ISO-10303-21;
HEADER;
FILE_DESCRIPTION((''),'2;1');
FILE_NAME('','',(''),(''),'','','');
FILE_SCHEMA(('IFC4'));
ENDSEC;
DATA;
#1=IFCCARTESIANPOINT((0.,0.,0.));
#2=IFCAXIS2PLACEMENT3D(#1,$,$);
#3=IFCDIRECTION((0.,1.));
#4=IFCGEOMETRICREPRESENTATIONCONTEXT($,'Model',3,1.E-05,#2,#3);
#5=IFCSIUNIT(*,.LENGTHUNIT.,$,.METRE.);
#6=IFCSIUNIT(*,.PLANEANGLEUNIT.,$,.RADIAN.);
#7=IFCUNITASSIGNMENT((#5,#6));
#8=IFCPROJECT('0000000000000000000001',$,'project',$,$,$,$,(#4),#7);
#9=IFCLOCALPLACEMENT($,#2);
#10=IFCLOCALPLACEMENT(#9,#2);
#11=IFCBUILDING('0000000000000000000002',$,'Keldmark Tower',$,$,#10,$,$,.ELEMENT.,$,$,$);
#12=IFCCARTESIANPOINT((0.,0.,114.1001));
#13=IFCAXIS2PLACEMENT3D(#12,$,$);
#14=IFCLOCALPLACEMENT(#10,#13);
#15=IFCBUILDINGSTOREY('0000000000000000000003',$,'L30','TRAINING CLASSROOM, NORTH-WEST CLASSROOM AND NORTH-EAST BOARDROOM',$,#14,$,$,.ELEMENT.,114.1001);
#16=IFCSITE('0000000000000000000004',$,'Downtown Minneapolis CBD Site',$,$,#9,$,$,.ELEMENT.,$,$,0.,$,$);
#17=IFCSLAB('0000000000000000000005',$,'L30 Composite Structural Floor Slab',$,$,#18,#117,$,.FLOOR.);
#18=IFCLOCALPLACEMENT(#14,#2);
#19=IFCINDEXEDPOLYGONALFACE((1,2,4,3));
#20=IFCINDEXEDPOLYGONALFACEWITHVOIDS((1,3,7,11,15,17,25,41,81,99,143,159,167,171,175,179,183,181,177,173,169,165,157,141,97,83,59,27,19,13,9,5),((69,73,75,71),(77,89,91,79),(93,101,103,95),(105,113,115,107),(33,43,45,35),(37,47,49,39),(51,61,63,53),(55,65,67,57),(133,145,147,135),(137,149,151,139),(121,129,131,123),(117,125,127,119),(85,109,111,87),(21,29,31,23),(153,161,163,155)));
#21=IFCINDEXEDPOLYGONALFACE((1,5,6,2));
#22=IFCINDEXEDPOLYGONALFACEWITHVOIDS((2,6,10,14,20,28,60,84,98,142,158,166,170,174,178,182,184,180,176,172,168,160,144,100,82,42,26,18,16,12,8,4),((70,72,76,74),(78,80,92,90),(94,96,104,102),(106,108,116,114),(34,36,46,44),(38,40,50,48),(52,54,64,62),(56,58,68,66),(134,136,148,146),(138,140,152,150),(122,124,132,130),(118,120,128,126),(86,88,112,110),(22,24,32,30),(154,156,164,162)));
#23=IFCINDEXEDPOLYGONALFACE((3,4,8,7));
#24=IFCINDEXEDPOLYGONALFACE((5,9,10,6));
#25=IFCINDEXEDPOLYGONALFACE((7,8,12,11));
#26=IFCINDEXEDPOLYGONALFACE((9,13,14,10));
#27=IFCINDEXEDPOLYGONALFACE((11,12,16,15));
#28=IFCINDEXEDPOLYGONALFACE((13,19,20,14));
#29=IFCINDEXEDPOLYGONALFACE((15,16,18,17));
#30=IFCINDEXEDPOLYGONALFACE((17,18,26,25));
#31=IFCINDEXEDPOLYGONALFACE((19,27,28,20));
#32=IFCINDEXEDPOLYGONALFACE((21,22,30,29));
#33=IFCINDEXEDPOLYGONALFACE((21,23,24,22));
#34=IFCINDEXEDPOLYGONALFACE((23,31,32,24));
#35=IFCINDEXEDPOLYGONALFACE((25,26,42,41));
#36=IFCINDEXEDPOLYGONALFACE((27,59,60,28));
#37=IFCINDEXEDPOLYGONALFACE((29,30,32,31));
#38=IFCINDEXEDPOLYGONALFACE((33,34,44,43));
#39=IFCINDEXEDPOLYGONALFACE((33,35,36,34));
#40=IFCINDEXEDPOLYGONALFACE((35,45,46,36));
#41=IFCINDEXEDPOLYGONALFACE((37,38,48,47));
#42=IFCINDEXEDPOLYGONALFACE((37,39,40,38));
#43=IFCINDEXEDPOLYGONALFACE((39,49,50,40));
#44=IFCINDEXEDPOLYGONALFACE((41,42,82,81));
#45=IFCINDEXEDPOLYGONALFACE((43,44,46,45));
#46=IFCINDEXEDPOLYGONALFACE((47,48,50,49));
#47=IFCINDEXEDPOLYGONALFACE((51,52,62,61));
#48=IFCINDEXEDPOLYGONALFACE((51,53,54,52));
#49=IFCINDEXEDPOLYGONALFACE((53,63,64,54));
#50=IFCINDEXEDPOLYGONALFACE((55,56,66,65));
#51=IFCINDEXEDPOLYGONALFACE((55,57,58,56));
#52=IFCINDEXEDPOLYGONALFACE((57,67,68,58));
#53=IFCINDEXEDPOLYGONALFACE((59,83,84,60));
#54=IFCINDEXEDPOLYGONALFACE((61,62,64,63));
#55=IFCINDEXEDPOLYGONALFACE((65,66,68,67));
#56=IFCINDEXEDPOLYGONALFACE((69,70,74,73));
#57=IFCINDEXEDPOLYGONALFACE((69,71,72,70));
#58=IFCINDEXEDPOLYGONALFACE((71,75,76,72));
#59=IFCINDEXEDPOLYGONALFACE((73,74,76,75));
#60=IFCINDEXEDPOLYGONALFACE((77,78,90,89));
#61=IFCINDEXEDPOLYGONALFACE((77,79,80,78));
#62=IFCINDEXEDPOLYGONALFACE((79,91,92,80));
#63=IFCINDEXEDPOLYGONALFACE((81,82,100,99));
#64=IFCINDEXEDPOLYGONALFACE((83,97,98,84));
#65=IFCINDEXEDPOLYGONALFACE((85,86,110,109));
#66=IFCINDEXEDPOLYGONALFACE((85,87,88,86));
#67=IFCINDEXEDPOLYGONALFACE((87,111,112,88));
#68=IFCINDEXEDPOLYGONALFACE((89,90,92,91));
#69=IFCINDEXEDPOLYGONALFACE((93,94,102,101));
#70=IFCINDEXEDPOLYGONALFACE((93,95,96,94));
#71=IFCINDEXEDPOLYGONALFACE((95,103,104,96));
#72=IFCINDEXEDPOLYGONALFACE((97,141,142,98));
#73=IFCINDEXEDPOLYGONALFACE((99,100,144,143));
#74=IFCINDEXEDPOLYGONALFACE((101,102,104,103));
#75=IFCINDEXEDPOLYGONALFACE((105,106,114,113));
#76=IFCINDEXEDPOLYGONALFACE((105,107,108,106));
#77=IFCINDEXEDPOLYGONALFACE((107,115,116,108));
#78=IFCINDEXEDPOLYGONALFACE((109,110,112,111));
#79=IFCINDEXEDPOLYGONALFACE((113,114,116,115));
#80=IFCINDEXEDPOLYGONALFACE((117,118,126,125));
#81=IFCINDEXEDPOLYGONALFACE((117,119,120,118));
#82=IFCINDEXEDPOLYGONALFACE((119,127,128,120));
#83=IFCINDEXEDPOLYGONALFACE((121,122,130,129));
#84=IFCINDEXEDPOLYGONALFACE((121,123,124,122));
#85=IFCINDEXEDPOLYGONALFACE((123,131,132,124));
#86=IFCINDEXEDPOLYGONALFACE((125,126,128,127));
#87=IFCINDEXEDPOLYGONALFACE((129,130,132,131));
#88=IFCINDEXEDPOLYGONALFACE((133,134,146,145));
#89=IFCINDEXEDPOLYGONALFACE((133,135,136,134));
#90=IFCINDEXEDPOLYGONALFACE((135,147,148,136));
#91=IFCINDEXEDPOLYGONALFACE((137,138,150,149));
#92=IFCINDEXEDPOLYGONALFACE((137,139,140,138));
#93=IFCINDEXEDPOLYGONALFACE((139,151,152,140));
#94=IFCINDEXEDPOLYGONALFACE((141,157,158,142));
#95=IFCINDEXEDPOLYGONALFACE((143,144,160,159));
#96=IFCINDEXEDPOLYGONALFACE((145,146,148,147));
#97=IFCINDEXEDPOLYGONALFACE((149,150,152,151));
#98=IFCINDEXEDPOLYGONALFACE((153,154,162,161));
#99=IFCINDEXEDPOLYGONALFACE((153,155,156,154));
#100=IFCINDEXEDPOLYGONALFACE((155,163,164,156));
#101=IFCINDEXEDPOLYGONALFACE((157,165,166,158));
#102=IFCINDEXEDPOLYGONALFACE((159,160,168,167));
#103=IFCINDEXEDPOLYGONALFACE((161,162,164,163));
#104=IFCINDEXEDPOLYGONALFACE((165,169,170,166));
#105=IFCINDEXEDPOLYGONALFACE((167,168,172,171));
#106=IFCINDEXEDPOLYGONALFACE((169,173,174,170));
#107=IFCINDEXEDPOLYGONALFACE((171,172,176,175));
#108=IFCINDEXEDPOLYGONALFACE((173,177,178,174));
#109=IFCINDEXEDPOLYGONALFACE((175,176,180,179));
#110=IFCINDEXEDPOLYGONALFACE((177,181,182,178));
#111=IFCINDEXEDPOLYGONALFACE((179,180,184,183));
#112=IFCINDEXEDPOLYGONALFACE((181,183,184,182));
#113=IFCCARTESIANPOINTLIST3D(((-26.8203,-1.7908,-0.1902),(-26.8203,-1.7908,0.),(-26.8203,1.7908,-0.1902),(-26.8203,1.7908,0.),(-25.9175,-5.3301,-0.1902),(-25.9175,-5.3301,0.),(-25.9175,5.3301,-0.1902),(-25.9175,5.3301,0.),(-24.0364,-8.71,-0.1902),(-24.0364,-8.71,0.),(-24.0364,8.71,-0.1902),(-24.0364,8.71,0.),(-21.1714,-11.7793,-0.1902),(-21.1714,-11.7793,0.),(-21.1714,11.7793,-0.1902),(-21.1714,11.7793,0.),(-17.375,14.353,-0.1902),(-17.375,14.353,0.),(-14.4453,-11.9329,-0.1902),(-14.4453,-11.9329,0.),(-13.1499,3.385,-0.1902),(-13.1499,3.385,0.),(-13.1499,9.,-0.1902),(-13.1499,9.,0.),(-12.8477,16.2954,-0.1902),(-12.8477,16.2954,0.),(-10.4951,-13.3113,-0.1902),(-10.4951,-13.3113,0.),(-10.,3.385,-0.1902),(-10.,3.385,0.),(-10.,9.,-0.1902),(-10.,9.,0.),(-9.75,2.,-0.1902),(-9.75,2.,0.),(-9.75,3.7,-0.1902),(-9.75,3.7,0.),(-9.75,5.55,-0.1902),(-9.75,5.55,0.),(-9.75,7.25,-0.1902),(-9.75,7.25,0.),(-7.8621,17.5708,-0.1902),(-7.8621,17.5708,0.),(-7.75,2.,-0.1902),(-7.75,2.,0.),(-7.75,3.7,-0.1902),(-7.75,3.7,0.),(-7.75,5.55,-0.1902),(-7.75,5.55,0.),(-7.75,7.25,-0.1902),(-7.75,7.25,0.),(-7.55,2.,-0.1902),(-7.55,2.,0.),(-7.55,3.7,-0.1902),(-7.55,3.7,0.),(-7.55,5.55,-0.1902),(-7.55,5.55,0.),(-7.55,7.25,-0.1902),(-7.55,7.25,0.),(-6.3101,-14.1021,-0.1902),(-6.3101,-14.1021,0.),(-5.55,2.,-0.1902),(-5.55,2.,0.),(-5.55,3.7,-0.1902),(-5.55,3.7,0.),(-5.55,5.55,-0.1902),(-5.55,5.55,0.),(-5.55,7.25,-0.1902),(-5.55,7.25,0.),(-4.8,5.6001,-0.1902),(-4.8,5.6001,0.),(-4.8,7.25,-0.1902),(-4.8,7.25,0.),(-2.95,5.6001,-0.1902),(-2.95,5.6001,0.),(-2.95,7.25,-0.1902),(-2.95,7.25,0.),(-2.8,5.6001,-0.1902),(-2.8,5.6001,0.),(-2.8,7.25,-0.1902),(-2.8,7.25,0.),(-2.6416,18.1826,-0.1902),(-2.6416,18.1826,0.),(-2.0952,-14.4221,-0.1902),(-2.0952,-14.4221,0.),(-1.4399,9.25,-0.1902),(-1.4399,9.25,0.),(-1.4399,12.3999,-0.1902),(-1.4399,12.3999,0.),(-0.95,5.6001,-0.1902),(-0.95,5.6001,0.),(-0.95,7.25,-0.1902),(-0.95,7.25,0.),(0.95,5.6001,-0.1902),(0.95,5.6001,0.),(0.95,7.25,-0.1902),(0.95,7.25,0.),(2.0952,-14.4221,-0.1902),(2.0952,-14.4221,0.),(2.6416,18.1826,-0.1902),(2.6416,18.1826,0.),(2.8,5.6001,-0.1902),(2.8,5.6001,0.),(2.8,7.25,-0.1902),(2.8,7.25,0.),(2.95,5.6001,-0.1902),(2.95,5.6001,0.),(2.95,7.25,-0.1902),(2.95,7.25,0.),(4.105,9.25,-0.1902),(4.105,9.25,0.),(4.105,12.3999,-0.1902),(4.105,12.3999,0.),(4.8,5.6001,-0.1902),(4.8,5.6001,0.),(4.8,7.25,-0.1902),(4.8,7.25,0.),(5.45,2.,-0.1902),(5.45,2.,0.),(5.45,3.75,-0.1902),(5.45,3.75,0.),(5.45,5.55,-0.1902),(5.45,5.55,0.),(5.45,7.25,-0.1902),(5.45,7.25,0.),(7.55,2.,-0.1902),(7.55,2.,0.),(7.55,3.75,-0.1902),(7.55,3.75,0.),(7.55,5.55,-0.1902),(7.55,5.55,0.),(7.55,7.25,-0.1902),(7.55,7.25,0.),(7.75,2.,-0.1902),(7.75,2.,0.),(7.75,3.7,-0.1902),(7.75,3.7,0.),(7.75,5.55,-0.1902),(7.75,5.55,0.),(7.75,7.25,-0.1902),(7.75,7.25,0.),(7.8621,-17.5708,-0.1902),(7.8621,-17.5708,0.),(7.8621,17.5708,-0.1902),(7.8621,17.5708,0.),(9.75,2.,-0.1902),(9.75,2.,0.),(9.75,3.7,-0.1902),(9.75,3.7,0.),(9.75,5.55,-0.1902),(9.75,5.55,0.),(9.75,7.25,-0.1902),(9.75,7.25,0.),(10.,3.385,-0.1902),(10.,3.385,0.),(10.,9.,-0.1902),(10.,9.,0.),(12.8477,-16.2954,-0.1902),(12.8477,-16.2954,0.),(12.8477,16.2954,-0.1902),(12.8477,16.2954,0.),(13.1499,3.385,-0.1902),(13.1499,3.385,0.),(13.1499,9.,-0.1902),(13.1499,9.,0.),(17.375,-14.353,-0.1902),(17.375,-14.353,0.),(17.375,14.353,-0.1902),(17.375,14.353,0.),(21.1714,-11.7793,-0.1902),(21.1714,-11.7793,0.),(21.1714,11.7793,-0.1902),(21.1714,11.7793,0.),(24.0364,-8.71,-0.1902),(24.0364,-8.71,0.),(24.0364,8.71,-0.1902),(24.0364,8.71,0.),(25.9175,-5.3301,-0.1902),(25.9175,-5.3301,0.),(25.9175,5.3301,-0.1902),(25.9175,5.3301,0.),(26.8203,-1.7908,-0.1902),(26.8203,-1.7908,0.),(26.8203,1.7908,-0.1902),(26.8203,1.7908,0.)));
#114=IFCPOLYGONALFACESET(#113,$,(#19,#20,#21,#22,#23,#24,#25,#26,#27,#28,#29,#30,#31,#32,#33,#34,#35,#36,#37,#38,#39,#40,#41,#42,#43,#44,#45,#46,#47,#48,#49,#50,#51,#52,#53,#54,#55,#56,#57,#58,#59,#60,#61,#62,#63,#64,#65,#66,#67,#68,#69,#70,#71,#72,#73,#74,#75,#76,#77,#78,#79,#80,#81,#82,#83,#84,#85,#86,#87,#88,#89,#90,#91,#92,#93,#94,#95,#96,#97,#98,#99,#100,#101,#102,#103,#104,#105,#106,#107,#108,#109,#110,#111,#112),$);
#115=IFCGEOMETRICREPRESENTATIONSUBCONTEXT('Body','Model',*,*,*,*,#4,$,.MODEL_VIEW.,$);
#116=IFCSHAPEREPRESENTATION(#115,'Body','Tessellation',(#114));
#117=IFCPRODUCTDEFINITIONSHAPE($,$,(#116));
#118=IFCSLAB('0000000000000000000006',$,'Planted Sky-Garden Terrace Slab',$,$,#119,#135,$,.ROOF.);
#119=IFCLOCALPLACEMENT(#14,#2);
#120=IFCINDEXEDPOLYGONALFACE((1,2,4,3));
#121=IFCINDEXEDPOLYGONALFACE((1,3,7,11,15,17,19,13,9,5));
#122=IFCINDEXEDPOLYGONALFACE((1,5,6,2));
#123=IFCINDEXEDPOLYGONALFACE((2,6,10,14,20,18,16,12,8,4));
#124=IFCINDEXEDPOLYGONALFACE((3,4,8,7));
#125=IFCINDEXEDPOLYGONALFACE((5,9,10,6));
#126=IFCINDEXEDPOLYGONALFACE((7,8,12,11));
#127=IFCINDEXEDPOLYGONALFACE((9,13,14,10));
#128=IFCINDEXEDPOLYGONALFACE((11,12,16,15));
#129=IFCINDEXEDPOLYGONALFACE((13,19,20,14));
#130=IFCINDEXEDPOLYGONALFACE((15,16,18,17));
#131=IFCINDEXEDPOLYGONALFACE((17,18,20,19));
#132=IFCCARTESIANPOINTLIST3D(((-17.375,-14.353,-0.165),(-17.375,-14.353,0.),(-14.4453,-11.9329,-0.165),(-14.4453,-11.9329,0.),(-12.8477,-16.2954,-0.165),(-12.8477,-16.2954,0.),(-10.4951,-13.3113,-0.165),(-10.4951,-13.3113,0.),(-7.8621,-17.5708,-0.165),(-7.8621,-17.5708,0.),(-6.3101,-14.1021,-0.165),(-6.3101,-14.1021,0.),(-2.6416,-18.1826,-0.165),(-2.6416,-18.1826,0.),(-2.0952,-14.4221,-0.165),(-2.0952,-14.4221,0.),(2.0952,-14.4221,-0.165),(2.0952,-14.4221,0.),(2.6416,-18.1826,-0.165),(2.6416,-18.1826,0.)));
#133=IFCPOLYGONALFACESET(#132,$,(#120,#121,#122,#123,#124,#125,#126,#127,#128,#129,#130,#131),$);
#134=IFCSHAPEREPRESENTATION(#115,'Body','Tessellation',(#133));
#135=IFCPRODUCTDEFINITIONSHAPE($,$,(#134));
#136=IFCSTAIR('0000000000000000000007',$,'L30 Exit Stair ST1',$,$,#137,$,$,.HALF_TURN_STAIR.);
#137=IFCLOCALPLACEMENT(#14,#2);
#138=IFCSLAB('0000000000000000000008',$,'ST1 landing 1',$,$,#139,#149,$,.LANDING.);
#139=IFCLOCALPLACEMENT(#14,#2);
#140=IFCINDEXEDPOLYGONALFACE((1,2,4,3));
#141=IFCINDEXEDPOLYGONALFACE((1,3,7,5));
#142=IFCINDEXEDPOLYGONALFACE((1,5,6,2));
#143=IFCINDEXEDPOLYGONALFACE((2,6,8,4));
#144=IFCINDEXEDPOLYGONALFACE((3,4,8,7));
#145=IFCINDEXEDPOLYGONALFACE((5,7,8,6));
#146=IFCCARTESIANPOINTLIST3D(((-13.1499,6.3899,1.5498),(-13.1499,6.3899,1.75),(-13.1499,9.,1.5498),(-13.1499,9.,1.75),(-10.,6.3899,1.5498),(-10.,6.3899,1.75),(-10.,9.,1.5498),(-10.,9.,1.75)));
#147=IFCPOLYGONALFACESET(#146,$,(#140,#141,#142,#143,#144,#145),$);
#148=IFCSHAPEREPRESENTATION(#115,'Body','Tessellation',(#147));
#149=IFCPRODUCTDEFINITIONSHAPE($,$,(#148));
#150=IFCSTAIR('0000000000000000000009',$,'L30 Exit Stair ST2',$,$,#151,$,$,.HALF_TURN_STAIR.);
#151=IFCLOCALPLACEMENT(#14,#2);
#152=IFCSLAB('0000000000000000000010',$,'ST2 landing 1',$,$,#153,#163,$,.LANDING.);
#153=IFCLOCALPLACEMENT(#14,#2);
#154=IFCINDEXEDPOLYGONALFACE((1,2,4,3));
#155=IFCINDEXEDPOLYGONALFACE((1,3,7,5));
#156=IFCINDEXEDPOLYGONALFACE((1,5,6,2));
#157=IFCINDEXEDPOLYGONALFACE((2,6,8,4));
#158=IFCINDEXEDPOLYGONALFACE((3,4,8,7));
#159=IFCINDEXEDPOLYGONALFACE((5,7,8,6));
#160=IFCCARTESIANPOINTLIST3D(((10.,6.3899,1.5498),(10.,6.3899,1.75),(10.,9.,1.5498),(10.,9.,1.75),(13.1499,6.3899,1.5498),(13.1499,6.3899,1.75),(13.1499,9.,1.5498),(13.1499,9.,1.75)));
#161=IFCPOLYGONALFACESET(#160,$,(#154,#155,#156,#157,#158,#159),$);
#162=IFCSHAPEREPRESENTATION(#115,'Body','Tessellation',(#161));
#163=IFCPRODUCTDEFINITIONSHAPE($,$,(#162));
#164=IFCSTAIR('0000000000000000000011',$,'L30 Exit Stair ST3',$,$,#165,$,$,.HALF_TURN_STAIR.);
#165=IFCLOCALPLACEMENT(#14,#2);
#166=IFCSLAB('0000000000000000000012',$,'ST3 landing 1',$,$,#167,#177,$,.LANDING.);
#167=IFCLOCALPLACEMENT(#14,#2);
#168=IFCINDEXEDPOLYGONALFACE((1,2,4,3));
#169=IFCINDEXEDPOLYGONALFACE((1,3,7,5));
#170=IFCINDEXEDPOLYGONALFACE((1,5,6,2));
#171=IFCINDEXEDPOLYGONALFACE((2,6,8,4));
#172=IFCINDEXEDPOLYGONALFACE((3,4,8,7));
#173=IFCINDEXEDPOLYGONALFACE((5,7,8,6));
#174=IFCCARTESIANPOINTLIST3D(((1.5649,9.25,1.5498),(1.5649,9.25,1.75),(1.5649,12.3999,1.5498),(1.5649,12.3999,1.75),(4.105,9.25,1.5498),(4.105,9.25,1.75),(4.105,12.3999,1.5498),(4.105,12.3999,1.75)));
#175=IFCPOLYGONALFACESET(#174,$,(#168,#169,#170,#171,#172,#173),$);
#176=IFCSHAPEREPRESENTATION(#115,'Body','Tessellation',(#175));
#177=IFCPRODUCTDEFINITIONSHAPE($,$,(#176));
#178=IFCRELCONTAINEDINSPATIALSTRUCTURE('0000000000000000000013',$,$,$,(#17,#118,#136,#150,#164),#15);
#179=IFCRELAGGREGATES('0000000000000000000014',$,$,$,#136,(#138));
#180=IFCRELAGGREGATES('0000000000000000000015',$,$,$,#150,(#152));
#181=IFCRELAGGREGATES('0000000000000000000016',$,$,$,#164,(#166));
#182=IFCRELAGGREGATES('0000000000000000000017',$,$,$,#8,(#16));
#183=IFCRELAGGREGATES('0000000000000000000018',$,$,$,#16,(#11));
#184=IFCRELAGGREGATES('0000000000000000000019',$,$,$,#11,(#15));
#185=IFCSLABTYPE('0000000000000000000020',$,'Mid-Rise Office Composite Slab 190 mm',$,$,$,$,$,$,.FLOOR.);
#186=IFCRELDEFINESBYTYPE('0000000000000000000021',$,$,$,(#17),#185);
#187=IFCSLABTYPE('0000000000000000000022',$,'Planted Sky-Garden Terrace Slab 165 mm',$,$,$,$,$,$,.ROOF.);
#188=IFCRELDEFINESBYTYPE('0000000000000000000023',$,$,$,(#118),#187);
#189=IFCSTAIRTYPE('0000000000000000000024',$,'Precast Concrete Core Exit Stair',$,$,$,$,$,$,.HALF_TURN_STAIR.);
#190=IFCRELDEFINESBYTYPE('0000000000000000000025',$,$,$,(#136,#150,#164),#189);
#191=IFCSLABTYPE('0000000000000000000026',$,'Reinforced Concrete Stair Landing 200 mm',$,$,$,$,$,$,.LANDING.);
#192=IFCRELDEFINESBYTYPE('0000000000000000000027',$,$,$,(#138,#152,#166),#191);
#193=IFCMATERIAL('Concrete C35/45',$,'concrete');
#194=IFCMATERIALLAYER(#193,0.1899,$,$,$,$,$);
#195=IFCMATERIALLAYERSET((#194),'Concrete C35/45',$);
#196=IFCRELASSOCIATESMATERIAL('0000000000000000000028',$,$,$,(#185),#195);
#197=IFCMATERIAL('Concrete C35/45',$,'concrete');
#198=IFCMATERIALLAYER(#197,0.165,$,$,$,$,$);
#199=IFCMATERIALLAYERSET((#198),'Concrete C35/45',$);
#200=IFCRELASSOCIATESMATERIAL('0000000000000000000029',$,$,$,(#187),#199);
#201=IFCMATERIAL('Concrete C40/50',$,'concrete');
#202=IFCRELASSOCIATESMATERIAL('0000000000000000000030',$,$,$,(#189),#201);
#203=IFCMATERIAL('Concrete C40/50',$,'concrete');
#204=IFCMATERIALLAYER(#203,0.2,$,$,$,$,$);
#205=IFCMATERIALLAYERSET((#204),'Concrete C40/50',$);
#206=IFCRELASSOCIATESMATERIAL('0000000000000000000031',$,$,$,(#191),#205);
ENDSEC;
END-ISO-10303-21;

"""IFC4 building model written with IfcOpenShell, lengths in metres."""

from ifc_helpers import new_model, si_unit, direction, frame, origin, place, context, subcontext, project, spatial, polyline, outline, extrude, material, layer, layer_set, type_object, element, aggregate, save


model = new_model("IFC4")

# Units and contexts
model_context = context("Model", 3, precision=1e-05, world=origin(), true_north=direction((0.0, 1.0)))
body_context = subcontext(model_context, "Body", "Model", "MODEL_VIEW")
ifc_project = project(units=[si_unit("LENGTHUNIT", "METRE"), si_unit("PLANEANGLEUNIT", "RADIAN")], contexts=[model_context])

# Site, building, storey
site_placement = place(None, origin())
site = spatial("IfcSite", under=ifc_project, at=site_placement, Name="Downtown Minneapolis CBD Site", CompositionType="ELEMENT", RefElevation=0.0)
building_placement = place(site_placement, origin())
building = spatial("IfcBuilding", under=site, at=building_placement, Name="Keldmark Tower", CompositionType="ELEMENT")
storey_placement = place(building_placement, frame((0.0, 0.0, 114.1001)))
storey = spatial("IfcBuildingStorey", under=building, at=storey_placement, Name="L30", Description="TRAINING CLASSROOM, NORTH-WEST CLASSROOM AND NORTH-EAST BOARDROOM", CompositionType="ELEMENT", Elevation=114.1001)

# Slabs
ifc_material_1 = material(Name="Concrete C35/45", Category="concrete")
ifc_layer_1 = layer(ifc_material_1, 0.1899)
ifc_layer_set_1 = layer_set([ifc_layer_1], Name="Concrete C35/45")
slab_type_1 = type_object("IfcSlabType", Name="Mid-Rise Office Composite Slab 190 mm", PredefinedType="FLOOR", material=ifc_layer_set_1)
slab_1_placement = place(storey_placement, frame((0.0, 0.0, -0.1902)))
element("IfcSlab", 1, at=slab_1_placement, inside=storey, type_object=slab_type_1, Name="L30 Composite Structural Floor Slab", PredefinedType="FLOOR", context=body_context, shape_type="SweptSolid", body=[
    extrude(outline(polyline([(26.8203, 1.7908), (25.9175, 5.3301), (24.0364, 8.71), (21.1714, 11.7793), (17.375, 14.353), (12.8477, 16.2954), (7.8621, 17.5708), (2.6416, 18.1826), (-2.6416, 18.1826), (-7.8621, 17.5708), (-12.8477, 16.2954), (-17.375, 14.353), (-21.1714, 11.7793), (-24.0364, 8.71), (-25.9175, 5.3301), (-26.8203, 1.7908), (-26.8203, -1.7908), (-25.9175, -5.3301), (-24.0364, -8.71), (-21.1714, -11.7793), (-14.4453, -11.9329), (-10.4951, -13.3113), (-6.3101, -14.1021), (-2.0952, -14.4221), (2.0952, -14.4221), (7.8621, -17.5708), (12.8477, -16.2954), (17.375, -14.353), (21.1714, -11.7793), (24.0364, -8.71), (25.9175, -5.3301), (26.8203, -1.7908), (26.8203, 1.7908)]), holes=[polyline([(-10.0, 3.385), (-10.0, 9.0), (-13.1499, 9.0), (-13.1499, 3.385), (-10.0, 3.385)]), polyline([(13.1499, 3.385), (13.1499, 9.0), (10.0, 9.0), (10.0, 3.385), (13.1499, 3.385)]), polyline([(-1.4399, 9.25), (4.105, 9.25), (4.105, 12.3999), (-1.4399, 12.3999), (-1.4399, 9.25)]), polyline([(-9.75, 2.0), (-7.75, 2.0), (-7.75, 3.7), (-9.75, 3.7), (-9.75, 2.0)]), polyline([(7.75, 2.0), (9.75, 2.0), (9.75, 3.7), (7.75, 3.7), (7.75, 2.0)]), polyline([(5.45, 2.0), (7.55, 2.0), (7.55, 3.75), (5.45, 3.75), (5.45, 2.0)]), polyline([(-4.8, 5.6001), (-2.95, 5.6001), (-2.95, 7.25), (-4.8, 7.25), (-4.8, 5.6001)]), polyline([(-2.8, 5.6001), (-0.95, 5.6001), (-0.95, 7.25), (-2.8, 7.25), (-2.8, 5.6001)]), polyline([(0.95, 5.6001), (2.8, 5.6001), (2.8, 7.25), (0.95, 7.25), (0.95, 5.6001)]), polyline([(2.95, 5.6001), (4.8, 5.6001), (4.8, 7.25), (2.95, 7.25), (2.95, 5.6001)]), polyline([(-9.75, 5.55), (-7.75, 5.55), (-7.75, 7.25), (-9.75, 7.25), (-9.75, 5.55)]), polyline([(-7.55, 5.55), (-5.55, 5.55), (-5.55, 7.25), (-7.55, 7.25), (-7.55, 5.55)]), polyline([(-7.55, 2.0), (-5.55, 2.0), (-5.55, 3.7), (-7.55, 3.7), (-7.55, 2.0)]), polyline([(5.45, 5.55), (7.55, 5.55), (7.55, 7.25), (5.45, 7.25), (5.45, 5.55)]), polyline([(7.75, 5.55), (9.75, 5.55), (9.75, 7.25), (7.75, 7.25), (7.75, 5.55)])]), origin(), (0.0, 0.0, 1.0), 0.1902),
])
ifc_material_2 = material(Name="Concrete C35/45", Category="concrete")
ifc_layer_2 = layer(ifc_material_2, 0.165)
ifc_layer_set_2 = layer_set([ifc_layer_2], Name="Concrete C35/45")
slab_type_2 = type_object("IfcSlabType", Name="Planted Sky-Garden Terrace Slab 165 mm", PredefinedType="ROOF", material=ifc_layer_set_2)
slab_2_placement = place(storey_placement, frame((0.0, 0.0, -0.165)))
element("IfcSlab", 2, at=slab_2_placement, inside=storey, type_object=slab_type_2, Name="Planted Sky-Garden Terrace Slab", PredefinedType="ROOF", context=body_context, shape_type="SweptSolid", body=[
    extrude(outline(polyline([(-17.375, -14.353), (-12.8477, -16.2954), (-7.8621, -17.5708), (-2.6416, -18.1826), (2.6416, -18.1826), (2.0952, -14.4221), (-2.0952, -14.4221), (-6.3101, -14.1021), (-10.4951, -13.3113), (-14.4453, -11.9329), (-17.375, -14.353)])), origin(), (0.0, 0.0, 1.0), 0.165),
])

# Stairs, slabs
ifc_material_3 = material(Name="Concrete C40/50", Category="concrete")
stair_type = type_object("IfcStairType", Name="Precast Concrete Core Exit Stair", PredefinedType="HALF_TURN_STAIR", material=ifc_material_3)
stair_1_placement = place(storey_placement, origin())
stair_1 = element("IfcStair", 3, at=stair_1_placement, inside=storey, type_object=stair_type, Name="L30 Exit Stair ST1", PredefinedType="HALF_TURN_STAIR")
ifc_material_4 = material(Name="Concrete C40/50", Category="concrete")
ifc_layer_3 = layer(ifc_material_4, 0.2)
ifc_layer_set_3 = layer_set([ifc_layer_3], Name="Concrete C40/50")
slab_type_3 = type_object("IfcSlabType", Name="Reinforced Concrete Stair Landing 200 mm", PredefinedType="LANDING", material=ifc_layer_set_3)
slab_3_placement = place(storey_placement, frame((0.0, 0.0, 1.5498)))
slab_3 = element("IfcSlab", 4, at=slab_3_placement, type_object=slab_type_3, Name="ST1 landing 1", PredefinedType="LANDING", context=body_context, shape_type="SweptSolid", body=[
    extrude(outline(polyline([(-10.0, 6.3899), (-10.0, 9.0), (-13.1499, 9.0), (-13.1499, 6.3899), (-10.0, 6.3899)])), origin(), (0.0, 0.0, 1.0), 0.2002),
])
aggregate(stair_1, [slab_3])
stair_2_placement = place(storey_placement, origin())
stair_2 = element("IfcStair", 5, at=stair_2_placement, inside=storey, type_object=stair_type, Name="L30 Exit Stair ST2", PredefinedType="HALF_TURN_STAIR")
slab_4_placement = place(storey_placement, frame((0.0, 0.0, 1.5498)))
slab_4 = element("IfcSlab", 6, at=slab_4_placement, type_object=slab_type_3, Name="ST2 landing 1", PredefinedType="LANDING", context=body_context, shape_type="SweptSolid", body=[
    extrude(outline(polyline([(13.1499, 6.3899), (13.1499, 9.0), (10.0, 9.0), (10.0, 6.3899), (13.1499, 6.3899)])), origin(), (0.0, 0.0, 1.0), 0.2002),
])
aggregate(stair_2, [slab_4])
stair_3_placement = place(storey_placement, origin())
stair_3 = element("IfcStair", 7, at=stair_3_placement, inside=storey, type_object=stair_type, Name="L30 Exit Stair ST3", PredefinedType="HALF_TURN_STAIR")
slab_5_placement = place(storey_placement, frame((0.0, 0.0, 1.5498)))
slab_5 = element("IfcSlab", 8, at=slab_5_placement, type_object=slab_type_3, Name="ST3 landing 1", PredefinedType="LANDING", context=body_context, shape_type="SweptSolid", body=[
    extrude(outline(polyline([(1.5649, 9.25), (4.105, 9.25), (4.105, 12.3999), (1.5649, 12.3999), (1.5649, 9.25)])), origin(), (0.0, 0.0, 1.0), 0.2002),
])
aggregate(stair_3, [slab_5])

save(model, "model.ifc")
